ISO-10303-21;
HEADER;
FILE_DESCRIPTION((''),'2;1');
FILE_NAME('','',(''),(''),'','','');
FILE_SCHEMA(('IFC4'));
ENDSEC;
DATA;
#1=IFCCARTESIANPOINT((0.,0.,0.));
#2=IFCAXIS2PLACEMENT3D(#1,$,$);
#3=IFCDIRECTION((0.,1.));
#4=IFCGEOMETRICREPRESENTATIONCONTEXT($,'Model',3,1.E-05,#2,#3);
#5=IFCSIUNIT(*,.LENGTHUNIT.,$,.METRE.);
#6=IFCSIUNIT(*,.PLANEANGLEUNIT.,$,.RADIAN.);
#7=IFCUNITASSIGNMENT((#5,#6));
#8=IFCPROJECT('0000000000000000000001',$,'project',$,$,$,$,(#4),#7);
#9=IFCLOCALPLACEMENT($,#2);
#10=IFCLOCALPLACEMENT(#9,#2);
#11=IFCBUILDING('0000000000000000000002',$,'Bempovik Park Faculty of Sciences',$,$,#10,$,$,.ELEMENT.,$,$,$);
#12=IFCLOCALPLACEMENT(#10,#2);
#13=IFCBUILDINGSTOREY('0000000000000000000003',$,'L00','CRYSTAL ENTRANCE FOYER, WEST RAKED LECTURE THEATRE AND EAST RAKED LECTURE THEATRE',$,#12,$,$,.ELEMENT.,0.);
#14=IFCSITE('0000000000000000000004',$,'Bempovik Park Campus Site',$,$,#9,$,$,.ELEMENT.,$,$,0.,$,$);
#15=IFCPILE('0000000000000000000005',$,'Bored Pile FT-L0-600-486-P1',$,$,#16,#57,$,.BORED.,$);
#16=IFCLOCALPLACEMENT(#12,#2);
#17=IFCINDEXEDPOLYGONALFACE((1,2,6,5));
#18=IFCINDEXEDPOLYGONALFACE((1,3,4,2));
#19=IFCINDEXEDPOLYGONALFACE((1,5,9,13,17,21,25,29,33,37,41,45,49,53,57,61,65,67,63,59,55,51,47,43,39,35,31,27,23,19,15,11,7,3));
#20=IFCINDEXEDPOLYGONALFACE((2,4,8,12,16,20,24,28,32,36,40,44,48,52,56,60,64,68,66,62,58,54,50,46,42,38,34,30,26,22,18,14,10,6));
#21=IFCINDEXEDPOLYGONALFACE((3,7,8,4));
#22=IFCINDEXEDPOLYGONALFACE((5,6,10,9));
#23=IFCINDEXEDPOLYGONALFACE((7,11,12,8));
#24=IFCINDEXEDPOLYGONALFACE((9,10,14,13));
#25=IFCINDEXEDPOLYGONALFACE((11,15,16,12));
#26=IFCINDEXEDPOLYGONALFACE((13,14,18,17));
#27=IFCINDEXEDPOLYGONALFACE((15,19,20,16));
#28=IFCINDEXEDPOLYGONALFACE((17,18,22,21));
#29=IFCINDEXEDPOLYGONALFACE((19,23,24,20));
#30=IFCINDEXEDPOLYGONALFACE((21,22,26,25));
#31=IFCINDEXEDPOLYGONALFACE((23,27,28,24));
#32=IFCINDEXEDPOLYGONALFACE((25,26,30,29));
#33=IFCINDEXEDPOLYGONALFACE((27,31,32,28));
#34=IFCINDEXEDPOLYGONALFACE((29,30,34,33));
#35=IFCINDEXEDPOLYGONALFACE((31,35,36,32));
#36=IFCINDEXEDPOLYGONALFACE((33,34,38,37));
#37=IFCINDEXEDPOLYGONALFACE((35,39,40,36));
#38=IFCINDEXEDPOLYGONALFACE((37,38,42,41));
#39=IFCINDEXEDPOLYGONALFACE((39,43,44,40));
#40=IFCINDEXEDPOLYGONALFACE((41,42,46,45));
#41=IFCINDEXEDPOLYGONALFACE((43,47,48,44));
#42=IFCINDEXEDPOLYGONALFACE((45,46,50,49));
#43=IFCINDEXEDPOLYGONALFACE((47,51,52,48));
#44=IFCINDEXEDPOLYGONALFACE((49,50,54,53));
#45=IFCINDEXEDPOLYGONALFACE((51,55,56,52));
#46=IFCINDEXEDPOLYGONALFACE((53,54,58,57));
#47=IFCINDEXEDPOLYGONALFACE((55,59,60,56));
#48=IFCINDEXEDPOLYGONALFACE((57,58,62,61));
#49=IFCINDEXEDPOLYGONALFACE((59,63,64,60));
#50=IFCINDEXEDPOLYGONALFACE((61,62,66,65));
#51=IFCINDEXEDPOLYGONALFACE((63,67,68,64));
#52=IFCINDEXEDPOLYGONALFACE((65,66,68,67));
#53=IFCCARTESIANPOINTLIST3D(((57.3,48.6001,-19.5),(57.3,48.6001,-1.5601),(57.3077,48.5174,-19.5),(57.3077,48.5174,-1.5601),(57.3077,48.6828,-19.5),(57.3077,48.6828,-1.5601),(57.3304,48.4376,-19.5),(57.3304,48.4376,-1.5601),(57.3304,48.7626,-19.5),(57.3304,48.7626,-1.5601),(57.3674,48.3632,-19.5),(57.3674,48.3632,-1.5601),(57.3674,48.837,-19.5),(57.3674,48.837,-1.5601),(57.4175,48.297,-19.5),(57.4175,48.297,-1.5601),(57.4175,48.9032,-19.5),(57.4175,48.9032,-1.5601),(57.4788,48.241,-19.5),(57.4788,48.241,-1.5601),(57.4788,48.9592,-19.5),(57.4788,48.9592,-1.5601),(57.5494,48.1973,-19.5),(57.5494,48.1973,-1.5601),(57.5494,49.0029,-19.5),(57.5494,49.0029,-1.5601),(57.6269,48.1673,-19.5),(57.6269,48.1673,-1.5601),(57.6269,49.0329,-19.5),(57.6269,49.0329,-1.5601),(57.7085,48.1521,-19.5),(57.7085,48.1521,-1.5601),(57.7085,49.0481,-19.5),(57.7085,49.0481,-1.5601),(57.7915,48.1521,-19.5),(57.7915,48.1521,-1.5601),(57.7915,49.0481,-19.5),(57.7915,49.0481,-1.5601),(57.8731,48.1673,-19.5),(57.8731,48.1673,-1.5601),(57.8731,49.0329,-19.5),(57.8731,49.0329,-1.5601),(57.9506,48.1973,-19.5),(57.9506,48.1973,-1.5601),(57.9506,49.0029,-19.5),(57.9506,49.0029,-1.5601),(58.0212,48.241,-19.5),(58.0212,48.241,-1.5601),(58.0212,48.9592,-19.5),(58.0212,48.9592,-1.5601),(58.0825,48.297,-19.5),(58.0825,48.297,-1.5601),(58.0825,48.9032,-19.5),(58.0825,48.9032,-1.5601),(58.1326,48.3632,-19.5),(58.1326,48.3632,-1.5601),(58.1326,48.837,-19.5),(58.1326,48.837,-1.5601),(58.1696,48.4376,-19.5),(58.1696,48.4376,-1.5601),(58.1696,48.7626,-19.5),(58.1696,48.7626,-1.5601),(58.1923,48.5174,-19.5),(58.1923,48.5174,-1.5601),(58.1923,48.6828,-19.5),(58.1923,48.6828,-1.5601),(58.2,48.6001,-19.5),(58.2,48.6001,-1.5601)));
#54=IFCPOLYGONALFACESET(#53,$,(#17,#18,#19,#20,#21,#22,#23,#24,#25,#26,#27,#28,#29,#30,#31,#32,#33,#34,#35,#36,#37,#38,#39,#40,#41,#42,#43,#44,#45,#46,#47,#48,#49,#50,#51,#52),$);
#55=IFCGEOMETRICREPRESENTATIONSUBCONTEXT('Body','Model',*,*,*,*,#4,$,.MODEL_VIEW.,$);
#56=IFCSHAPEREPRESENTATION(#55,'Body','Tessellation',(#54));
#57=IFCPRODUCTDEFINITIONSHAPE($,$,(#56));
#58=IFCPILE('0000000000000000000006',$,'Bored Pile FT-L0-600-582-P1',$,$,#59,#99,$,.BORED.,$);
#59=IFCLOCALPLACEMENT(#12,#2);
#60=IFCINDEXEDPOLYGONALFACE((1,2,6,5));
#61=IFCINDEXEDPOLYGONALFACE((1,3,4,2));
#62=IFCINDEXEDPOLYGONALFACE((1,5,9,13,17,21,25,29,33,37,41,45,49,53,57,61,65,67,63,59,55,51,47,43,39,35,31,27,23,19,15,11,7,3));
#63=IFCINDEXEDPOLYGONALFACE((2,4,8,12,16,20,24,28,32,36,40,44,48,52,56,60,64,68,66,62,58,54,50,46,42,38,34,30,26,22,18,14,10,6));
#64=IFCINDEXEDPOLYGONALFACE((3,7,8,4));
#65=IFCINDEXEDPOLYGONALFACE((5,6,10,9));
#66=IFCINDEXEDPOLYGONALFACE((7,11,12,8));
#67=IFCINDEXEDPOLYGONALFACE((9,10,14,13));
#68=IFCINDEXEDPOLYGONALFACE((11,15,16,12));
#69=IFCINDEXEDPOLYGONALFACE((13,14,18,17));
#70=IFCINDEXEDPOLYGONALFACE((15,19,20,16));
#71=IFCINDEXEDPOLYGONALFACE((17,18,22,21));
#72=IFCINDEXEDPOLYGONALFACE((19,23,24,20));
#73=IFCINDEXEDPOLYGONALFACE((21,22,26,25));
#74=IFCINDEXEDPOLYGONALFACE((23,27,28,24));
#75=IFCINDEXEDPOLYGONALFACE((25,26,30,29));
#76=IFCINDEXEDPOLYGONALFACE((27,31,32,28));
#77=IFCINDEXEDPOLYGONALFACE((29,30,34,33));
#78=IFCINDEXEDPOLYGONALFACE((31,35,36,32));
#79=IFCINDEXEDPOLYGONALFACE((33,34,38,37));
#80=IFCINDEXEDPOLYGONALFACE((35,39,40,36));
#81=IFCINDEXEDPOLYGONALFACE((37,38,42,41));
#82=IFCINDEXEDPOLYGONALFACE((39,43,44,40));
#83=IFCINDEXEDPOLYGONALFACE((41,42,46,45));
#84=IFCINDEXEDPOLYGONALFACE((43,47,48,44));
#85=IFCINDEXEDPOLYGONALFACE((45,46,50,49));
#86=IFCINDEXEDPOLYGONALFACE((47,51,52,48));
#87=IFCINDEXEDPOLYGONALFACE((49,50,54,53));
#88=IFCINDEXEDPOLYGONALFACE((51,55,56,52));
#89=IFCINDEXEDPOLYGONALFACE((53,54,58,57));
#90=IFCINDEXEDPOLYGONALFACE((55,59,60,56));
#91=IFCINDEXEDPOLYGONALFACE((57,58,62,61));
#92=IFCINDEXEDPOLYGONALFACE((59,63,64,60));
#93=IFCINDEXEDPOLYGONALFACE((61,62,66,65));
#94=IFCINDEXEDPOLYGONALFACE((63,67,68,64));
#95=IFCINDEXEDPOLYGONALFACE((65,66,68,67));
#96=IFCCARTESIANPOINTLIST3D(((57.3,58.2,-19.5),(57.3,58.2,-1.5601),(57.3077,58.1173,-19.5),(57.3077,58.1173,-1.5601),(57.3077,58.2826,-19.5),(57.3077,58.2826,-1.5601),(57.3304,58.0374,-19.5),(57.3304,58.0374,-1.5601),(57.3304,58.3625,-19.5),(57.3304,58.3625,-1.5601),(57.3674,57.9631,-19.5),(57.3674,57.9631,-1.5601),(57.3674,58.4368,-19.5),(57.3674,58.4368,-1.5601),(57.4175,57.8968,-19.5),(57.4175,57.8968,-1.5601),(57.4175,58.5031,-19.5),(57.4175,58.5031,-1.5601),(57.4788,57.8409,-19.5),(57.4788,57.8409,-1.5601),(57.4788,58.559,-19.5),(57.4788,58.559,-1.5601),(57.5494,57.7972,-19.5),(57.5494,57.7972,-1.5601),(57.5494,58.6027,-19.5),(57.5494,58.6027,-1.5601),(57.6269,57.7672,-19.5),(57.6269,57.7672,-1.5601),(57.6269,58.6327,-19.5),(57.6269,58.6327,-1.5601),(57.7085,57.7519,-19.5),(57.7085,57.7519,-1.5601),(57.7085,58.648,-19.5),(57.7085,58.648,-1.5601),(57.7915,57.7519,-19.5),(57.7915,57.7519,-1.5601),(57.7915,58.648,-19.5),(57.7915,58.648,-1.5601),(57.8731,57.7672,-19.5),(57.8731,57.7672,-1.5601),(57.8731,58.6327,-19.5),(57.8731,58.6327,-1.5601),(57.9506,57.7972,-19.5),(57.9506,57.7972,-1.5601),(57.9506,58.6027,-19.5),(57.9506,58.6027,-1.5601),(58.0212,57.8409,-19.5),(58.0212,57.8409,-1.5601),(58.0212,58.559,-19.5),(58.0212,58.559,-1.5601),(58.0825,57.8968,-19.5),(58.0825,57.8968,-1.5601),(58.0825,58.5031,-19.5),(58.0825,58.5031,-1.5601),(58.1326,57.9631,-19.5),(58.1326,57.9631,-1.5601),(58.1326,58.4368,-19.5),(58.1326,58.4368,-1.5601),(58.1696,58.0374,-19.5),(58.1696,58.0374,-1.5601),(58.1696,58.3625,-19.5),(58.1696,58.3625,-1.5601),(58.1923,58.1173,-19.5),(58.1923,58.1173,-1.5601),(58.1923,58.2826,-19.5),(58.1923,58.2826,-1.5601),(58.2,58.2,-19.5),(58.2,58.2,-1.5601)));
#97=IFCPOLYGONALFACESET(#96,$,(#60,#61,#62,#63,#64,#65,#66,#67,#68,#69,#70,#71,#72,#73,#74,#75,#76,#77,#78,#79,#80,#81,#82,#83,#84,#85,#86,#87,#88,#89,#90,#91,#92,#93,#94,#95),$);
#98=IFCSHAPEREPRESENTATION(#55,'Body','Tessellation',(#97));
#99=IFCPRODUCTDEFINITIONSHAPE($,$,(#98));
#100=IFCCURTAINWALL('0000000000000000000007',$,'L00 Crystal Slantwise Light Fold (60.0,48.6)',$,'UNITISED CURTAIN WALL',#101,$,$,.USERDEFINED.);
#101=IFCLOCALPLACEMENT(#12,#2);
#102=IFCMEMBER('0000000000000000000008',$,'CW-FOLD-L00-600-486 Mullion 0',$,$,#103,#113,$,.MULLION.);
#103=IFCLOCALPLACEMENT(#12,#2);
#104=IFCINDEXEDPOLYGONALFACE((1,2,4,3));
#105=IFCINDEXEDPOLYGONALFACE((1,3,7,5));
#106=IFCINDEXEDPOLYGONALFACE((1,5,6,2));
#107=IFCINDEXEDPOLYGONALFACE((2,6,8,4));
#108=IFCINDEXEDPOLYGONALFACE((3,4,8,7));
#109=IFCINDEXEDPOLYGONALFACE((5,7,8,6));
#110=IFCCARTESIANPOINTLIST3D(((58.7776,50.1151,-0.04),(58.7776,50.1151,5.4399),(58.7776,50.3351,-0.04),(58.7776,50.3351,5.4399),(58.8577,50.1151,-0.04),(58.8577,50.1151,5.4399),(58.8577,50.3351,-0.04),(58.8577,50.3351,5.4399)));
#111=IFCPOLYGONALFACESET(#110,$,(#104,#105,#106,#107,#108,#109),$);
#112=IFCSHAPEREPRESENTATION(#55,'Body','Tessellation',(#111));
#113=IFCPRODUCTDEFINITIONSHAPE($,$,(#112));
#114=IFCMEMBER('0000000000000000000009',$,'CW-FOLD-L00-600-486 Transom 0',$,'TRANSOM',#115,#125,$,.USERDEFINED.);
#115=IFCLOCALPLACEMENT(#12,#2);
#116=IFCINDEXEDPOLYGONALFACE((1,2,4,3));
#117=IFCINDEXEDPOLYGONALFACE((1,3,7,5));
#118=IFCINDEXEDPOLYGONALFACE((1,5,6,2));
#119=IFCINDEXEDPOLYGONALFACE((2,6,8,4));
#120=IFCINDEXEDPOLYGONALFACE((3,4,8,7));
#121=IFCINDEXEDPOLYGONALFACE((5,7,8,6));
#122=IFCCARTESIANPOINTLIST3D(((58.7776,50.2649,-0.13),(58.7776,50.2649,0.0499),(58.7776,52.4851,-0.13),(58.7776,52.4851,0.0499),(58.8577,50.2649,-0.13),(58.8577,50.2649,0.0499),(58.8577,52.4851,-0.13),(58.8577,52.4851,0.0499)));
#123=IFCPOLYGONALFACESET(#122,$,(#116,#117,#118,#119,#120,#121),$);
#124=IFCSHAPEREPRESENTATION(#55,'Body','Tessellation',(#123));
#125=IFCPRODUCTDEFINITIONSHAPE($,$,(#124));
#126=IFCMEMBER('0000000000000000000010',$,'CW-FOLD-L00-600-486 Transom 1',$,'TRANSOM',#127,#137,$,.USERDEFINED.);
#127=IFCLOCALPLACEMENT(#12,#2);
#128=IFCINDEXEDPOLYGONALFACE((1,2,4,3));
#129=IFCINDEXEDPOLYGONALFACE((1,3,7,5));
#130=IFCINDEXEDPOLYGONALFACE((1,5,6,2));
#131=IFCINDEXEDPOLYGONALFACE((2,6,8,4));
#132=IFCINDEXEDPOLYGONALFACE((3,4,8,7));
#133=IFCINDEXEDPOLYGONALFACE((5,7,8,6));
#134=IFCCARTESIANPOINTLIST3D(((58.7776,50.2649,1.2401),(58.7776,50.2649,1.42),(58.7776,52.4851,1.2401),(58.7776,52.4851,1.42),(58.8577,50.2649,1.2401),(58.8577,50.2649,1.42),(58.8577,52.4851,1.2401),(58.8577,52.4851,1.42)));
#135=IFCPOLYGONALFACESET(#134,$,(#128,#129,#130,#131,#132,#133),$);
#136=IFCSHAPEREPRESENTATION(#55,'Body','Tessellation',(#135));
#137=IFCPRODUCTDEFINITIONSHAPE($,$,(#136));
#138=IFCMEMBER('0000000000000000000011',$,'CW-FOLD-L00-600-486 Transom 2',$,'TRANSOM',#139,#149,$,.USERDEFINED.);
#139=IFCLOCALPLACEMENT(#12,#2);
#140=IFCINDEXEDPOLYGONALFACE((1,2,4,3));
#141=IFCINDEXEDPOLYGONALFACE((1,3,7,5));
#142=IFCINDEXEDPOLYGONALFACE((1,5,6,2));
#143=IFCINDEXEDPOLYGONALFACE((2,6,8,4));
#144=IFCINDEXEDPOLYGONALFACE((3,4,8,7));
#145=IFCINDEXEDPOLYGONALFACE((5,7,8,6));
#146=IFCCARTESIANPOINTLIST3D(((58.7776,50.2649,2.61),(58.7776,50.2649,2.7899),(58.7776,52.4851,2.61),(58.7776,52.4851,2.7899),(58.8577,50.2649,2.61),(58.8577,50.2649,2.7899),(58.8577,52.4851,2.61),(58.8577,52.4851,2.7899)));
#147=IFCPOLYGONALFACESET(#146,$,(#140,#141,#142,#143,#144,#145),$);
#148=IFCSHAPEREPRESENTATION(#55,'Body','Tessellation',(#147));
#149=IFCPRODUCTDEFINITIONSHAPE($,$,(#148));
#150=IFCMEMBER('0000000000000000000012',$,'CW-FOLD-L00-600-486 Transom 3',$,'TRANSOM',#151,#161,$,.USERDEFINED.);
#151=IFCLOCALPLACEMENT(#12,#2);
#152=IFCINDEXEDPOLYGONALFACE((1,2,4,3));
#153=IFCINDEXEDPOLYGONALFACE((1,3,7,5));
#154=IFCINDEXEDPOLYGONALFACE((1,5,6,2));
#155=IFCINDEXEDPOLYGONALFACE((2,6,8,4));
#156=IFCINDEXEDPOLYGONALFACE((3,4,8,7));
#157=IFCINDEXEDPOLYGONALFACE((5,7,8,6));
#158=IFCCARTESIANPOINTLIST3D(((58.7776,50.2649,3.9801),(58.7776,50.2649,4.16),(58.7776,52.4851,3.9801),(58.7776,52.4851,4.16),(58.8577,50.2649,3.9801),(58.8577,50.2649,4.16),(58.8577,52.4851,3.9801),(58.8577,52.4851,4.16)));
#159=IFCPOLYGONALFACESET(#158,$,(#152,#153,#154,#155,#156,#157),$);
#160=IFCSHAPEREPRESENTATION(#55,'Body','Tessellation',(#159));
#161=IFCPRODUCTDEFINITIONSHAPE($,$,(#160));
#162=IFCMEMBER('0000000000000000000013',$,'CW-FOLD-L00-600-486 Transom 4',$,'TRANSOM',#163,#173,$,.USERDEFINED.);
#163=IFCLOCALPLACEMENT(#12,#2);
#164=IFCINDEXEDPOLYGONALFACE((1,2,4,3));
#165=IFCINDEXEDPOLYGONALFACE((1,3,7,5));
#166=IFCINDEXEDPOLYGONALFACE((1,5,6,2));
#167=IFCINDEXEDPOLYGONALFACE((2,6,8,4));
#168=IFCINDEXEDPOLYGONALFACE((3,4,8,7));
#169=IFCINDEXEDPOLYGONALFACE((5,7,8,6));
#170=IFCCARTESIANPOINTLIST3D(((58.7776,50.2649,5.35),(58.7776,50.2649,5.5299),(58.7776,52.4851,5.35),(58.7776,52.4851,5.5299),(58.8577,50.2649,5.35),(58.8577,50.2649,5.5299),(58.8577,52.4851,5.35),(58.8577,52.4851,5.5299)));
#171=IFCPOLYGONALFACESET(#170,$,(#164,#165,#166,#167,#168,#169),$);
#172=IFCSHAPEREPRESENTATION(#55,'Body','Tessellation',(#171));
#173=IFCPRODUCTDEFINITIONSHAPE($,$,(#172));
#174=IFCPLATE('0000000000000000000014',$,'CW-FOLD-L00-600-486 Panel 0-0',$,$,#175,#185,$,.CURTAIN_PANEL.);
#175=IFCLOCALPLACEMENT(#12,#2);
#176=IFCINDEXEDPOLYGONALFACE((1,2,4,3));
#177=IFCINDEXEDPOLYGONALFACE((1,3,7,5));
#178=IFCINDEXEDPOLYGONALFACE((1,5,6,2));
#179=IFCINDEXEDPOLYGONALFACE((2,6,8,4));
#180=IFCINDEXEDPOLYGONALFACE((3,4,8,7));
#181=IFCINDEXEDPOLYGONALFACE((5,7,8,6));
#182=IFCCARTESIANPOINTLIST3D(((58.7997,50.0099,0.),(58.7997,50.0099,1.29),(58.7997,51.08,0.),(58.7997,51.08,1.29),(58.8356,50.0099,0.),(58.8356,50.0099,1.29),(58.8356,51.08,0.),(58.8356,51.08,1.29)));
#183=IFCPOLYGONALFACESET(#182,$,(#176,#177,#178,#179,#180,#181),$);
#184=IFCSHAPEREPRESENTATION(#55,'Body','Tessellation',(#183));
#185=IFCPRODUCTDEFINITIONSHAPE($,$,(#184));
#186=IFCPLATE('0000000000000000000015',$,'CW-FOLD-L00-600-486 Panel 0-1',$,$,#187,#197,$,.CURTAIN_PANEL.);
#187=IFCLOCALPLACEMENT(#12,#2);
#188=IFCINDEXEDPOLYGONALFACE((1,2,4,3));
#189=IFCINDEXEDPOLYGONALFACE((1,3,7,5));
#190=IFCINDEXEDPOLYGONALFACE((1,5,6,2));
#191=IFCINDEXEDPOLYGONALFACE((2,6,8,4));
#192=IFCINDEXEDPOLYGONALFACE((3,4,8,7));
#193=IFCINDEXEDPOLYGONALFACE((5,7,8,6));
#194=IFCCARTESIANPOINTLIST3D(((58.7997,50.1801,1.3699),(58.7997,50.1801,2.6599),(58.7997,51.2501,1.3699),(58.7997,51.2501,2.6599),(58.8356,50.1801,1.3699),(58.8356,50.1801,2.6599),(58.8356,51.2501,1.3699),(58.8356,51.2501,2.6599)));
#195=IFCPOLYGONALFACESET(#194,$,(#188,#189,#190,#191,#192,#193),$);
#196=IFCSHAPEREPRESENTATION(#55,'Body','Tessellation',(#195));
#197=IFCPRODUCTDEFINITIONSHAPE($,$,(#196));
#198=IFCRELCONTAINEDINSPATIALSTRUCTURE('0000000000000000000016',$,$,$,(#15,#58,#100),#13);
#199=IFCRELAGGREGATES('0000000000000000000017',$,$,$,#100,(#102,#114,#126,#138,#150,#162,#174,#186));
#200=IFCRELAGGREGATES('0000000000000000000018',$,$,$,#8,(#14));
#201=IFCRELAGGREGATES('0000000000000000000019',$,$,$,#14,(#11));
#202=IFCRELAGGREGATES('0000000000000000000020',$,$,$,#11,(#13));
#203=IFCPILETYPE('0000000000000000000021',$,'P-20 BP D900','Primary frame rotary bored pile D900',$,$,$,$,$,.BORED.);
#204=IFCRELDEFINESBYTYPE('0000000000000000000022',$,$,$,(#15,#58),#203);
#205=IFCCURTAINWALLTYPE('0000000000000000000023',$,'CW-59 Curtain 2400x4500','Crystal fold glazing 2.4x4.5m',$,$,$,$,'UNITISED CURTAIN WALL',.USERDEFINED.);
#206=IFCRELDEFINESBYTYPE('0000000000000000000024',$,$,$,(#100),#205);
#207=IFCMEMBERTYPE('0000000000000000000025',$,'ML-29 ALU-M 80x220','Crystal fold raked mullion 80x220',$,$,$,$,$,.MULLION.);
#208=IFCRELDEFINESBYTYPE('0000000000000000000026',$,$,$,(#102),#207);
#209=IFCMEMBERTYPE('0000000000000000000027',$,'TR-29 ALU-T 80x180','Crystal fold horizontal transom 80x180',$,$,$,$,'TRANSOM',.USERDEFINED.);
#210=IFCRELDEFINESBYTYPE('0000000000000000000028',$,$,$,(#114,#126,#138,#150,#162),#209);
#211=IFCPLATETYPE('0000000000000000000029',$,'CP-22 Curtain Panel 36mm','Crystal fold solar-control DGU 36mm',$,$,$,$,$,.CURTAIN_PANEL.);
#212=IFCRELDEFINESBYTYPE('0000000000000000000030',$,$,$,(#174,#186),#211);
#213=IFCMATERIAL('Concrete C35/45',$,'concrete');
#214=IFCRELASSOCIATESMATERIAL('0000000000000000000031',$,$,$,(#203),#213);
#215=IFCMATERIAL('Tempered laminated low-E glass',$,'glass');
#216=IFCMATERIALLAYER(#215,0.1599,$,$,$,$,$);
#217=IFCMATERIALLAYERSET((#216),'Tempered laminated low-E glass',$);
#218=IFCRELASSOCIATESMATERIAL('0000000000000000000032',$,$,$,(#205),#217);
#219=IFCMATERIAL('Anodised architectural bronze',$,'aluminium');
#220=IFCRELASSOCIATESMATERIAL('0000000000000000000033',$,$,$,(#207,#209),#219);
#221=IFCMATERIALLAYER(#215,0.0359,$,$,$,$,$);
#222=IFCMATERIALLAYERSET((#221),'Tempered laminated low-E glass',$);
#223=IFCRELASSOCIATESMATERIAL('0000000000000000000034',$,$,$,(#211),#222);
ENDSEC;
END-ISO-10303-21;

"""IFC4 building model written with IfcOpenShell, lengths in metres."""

from ifc_helpers import new_model, si_unit, direction, frame, origin, origin_2d, place, context, subcontext, project, spatial, rectangle, circle, extrude, material, layer, layer_set, material_profile, profile_set, type_object, element, aggregate, save


model = new_model("IFC4")

# Units and contexts
model_context = context("Model", 3, precision=1e-05, world=origin(), true_north=direction((0.0, 1.0)))
body_context = subcontext(model_context, "Body", "Model", "MODEL_VIEW")
ifc_project = project(units=[si_unit("LENGTHUNIT", "METRE"), si_unit("PLANEANGLEUNIT", "RADIAN")], contexts=[model_context])

# Site, building, storey
site_placement = place(None, origin())
site = spatial("IfcSite", under=ifc_project, at=site_placement, Name="Bempovik Park Campus Site", CompositionType="ELEMENT", RefElevation=0.0)
building_placement = place(site_placement, origin())
building = spatial("IfcBuilding", under=site, at=building_placement, Name="Bempovik Park Faculty of Sciences", CompositionType="ELEMENT")
storey_placement = place(building_placement, origin())
storey = spatial("IfcBuildingStorey", under=building, at=storey_placement, Name="L00", Description="CRYSTAL ENTRANCE FOYER, WEST RAKED LECTURE THEATRE AND EAST RAKED LECTURE THEATRE", CompositionType="ELEMENT", Elevation=0.0)

# Piles
ifc_material_1 = material(Name="Concrete C35/45", Category="concrete")
ifc_material_profile_1 = material_profile(ifc_material_1, circle(Radius=0.45, at=origin_2d()), Name="BP D900")
ifc_profile_set_1 = profile_set([ifc_material_profile_1], Name="Concrete C35/45")
pile_type = type_object("IfcPileType", Name="P-20 BP D900", Description="Primary frame rotary bored pile D900", PredefinedType="BORED", material=ifc_profile_set_1)
for number, where, z_axis, x_axis, name in (
    (1, (57.75, 48.6001, -1.5601), (0.0, 0.0, -1.0), (1.0, 0.0, 0.0), "Bored Pile FT-L0-600-486-P1"),
    (2, (57.75, 58.2, -1.5601), (0.0, 0.0, -1.0), (1.0, 0.0, 0.0), "Bored Pile FT-L0-600-582-P1"),
):
    element("IfcPile", number, at=place(storey_placement, frame(where, z_axis=z_axis, x_axis=x_axis)), inside=storey, type_object=pile_type, Name=name, PredefinedType="BORED", context=body_context, shape_type="SweptSolid", body=[
        extrude(circle(Radius=0.45, at=origin_2d()), origin(), (0.0, 0.0, 1.0), 17.9399),
    ])

# Curtain wall, members, plates
ifc_material_2 = material(Name="Tempered laminated low-E glass", Category="glass")
ifc_layer_1 = layer(ifc_material_2, 0.1599)
ifc_layer_set_1 = layer_set([ifc_layer_1], Name="Tempered laminated low-E glass")
curtain_wall_type = type_object("IfcCurtainWallType", Name="CW-59 Curtain 2400x4500", Description="Crystal fold glazing 2.4x4.5m", ElementType="UNITISED CURTAIN WALL", PredefinedType="USERDEFINED", material=ifc_layer_set_1)
curtain_wall_placement = place(storey_placement, origin())
curtain_wall = element("IfcCurtainWall", 3, at=curtain_wall_placement, inside=storey, type_object=curtain_wall_type, Name="L00 Crystal Slantwise Light Fold (60.0,48.6)", ObjectType="UNITISED CURTAIN WALL", PredefinedType="USERDEFINED")
ifc_material_3 = material(Name="Anodised architectural bronze", Category="aluminium")
ifc_material_profile_2 = material_profile(ifc_material_3, rectangle(XDim=0.0801, YDim=0.22, at=origin_2d()), Name="ALU-M 80x220")
ifc_profile_set_2 = profile_set([ifc_material_profile_2], Name="Anodised architectural bronze")
member_type_1 = type_object("IfcMemberType", Name="ML-29 ALU-M 80x220", Description="Crystal fold raked mullion 80x220", PredefinedType="MULLION", material=ifc_profile_set_2)
member_1_placement = place(storey_placement, frame((58.8176, 50.2251, -0.04), z_axis=(0.0, 0.0, 1.0), x_axis=(1.0, 0.0, 0.0)))
member_1 = element("IfcMember", 4, at=member_1_placement, type_object=member_type_1, Name="CW-FOLD-L00-600-486 Mullion 0", PredefinedType="MULLION", context=body_context, shape_type="SweptSolid", body=[
    extrude(rectangle(XDim=0.0801, YDim=0.22, at=origin_2d()), origin(), (0.0, 0.0, 1.0), 5.48),
])
ifc_material_profile_3 = material_profile(ifc_material_3, rectangle(XDim=0.0801, YDim=0.1799, at=origin_2d()), Name="ALU-T 80x180")
ifc_profile_set_3 = profile_set([ifc_material_profile_3], Name="Anodised architectural bronze")
member_type_2 = type_object("IfcMemberType", Name="TR-29 ALU-T 80x180", Description="Crystal fold horizontal transom 80x180", ElementType="TRANSOM", PredefinedType="USERDEFINED", material=ifc_profile_set_3)
member_2_placement = place(storey_placement, frame((58.8176, 50.2649, -0.04), z_axis=(0.0, 1.0, 0.0), x_axis=(-1.0, 0.0, 0.0)))
member_2 = element("IfcMember", 5, at=member_2_placement, type_object=member_type_2, Name="CW-FOLD-L00-600-486 Transom 0", ObjectType="TRANSOM", PredefinedType="USERDEFINED", context=body_context, shape_type="SweptSolid", body=[
    extrude(rectangle(XDim=0.0801, YDim=0.1799, at=origin_2d()), origin(), (0.0, 0.0, 1.0), 2.2202),
])
member_3_placement = place(storey_placement, frame((58.8176, 50.2649, 1.3301), z_axis=(0.0, 1.0, 0.0), x_axis=(-1.0, 0.0, 0.0)))
member_3 = element("IfcMember", 6, at=member_3_placement, type_object=member_type_2, Name="CW-FOLD-L00-600-486 Transom 1", ObjectType="TRANSOM", PredefinedType="USERDEFINED", context=body_context, shape_type="SweptSolid", body=[
    extrude(rectangle(XDim=0.0801, YDim=0.1799, at=origin_2d()), origin(), (0.0, 0.0, 1.0), 2.2202),
])
member_4_placement = place(storey_placement, frame((58.8176, 50.2649, 2.7), z_axis=(0.0, 1.0, 0.0), x_axis=(-1.0, 0.0, 0.0)))
member_4 = element("IfcMember", 7, at=member_4_placement, type_object=member_type_2, Name="CW-FOLD-L00-600-486 Transom 2", ObjectType="TRANSOM", PredefinedType="USERDEFINED", context=body_context, shape_type="SweptSolid", body=[
    extrude(rectangle(XDim=0.0801, YDim=0.1799, at=origin_2d()), origin(), (0.0, 0.0, 1.0), 2.2202),
])
member_5_placement = place(storey_placement, frame((58.8176, 50.2649, 4.0701), z_axis=(0.0, 1.0, 0.0), x_axis=(-1.0, 0.0, 0.0)))
member_5 = element("IfcMember", 8, at=member_5_placement, type_object=member_type_2, Name="CW-FOLD-L00-600-486 Transom 3", ObjectType="TRANSOM", PredefinedType="USERDEFINED", context=body_context, shape_type="SweptSolid", body=[
    extrude(rectangle(XDim=0.0801, YDim=0.1799, at=origin_2d()), origin(), (0.0, 0.0, 1.0), 2.2202),
])
member_6_placement = place(storey_placement, frame((58.8176, 50.2649, 5.4399), z_axis=(0.0, 1.0, 0.0), x_axis=(-1.0, 0.0, 0.0)))
member_6 = element("IfcMember", 9, at=member_6_placement, type_object=member_type_2, Name="CW-FOLD-L00-600-486 Transom 4", ObjectType="TRANSOM", PredefinedType="USERDEFINED", context=body_context, shape_type="SweptSolid", body=[
    extrude(rectangle(XDim=0.0801, YDim=0.1799, at=origin_2d()), origin(), (0.0, 0.0, 1.0), 2.2202),
])
ifc_layer_2 = layer(ifc_material_2, 0.0359)
ifc_layer_set_2 = layer_set([ifc_layer_2], Name="Tempered laminated low-E glass")
plate_type = type_object("IfcPlateType", Name="CP-22 Curtain Panel 36mm", Description="Crystal fold solar-control DGU 36mm", PredefinedType="CURTAIN_PANEL", material=ifc_layer_set_2)
plate_1_placement = place(storey_placement, frame((58.8176, 50.5449, 0.0), z_axis=(0.0, 0.0, 1.0), x_axis=(0.0, 1.0, 0.0)))
plate_1 = element("IfcPlate", 10, at=plate_1_placement, type_object=plate_type, Name="CW-FOLD-L00-600-486 Panel 0-0", PredefinedType="CURTAIN_PANEL", context=body_context, shape_type="SweptSolid", body=[
    extrude(rectangle(XDim=1.0701, YDim=0.0359, at=origin_2d()), origin(), (0.0, 0.0, 1.0), 1.29),
])
plate_2_placement = place(storey_placement, frame((58.8176, 50.7151, 1.3699), z_axis=(0.0, 0.0, 1.0), x_axis=(0.0, 1.0, 0.0)))
plate_2 = element("IfcPlate", 11, at=plate_2_placement, type_object=plate_type, Name="CW-FOLD-L00-600-486 Panel 0-1", PredefinedType="CURTAIN_PANEL", context=body_context, shape_type="SweptSolid", body=[
    extrude(rectangle(XDim=1.0701, YDim=0.0359, at=origin_2d()), origin(), (0.0, 0.0, 1.0), 1.29),
])
aggregate(curtain_wall, [member_1, member_2, member_3, member_4, member_5, member_6, plate_1, plate_2])

save(model, "model.ifc")
